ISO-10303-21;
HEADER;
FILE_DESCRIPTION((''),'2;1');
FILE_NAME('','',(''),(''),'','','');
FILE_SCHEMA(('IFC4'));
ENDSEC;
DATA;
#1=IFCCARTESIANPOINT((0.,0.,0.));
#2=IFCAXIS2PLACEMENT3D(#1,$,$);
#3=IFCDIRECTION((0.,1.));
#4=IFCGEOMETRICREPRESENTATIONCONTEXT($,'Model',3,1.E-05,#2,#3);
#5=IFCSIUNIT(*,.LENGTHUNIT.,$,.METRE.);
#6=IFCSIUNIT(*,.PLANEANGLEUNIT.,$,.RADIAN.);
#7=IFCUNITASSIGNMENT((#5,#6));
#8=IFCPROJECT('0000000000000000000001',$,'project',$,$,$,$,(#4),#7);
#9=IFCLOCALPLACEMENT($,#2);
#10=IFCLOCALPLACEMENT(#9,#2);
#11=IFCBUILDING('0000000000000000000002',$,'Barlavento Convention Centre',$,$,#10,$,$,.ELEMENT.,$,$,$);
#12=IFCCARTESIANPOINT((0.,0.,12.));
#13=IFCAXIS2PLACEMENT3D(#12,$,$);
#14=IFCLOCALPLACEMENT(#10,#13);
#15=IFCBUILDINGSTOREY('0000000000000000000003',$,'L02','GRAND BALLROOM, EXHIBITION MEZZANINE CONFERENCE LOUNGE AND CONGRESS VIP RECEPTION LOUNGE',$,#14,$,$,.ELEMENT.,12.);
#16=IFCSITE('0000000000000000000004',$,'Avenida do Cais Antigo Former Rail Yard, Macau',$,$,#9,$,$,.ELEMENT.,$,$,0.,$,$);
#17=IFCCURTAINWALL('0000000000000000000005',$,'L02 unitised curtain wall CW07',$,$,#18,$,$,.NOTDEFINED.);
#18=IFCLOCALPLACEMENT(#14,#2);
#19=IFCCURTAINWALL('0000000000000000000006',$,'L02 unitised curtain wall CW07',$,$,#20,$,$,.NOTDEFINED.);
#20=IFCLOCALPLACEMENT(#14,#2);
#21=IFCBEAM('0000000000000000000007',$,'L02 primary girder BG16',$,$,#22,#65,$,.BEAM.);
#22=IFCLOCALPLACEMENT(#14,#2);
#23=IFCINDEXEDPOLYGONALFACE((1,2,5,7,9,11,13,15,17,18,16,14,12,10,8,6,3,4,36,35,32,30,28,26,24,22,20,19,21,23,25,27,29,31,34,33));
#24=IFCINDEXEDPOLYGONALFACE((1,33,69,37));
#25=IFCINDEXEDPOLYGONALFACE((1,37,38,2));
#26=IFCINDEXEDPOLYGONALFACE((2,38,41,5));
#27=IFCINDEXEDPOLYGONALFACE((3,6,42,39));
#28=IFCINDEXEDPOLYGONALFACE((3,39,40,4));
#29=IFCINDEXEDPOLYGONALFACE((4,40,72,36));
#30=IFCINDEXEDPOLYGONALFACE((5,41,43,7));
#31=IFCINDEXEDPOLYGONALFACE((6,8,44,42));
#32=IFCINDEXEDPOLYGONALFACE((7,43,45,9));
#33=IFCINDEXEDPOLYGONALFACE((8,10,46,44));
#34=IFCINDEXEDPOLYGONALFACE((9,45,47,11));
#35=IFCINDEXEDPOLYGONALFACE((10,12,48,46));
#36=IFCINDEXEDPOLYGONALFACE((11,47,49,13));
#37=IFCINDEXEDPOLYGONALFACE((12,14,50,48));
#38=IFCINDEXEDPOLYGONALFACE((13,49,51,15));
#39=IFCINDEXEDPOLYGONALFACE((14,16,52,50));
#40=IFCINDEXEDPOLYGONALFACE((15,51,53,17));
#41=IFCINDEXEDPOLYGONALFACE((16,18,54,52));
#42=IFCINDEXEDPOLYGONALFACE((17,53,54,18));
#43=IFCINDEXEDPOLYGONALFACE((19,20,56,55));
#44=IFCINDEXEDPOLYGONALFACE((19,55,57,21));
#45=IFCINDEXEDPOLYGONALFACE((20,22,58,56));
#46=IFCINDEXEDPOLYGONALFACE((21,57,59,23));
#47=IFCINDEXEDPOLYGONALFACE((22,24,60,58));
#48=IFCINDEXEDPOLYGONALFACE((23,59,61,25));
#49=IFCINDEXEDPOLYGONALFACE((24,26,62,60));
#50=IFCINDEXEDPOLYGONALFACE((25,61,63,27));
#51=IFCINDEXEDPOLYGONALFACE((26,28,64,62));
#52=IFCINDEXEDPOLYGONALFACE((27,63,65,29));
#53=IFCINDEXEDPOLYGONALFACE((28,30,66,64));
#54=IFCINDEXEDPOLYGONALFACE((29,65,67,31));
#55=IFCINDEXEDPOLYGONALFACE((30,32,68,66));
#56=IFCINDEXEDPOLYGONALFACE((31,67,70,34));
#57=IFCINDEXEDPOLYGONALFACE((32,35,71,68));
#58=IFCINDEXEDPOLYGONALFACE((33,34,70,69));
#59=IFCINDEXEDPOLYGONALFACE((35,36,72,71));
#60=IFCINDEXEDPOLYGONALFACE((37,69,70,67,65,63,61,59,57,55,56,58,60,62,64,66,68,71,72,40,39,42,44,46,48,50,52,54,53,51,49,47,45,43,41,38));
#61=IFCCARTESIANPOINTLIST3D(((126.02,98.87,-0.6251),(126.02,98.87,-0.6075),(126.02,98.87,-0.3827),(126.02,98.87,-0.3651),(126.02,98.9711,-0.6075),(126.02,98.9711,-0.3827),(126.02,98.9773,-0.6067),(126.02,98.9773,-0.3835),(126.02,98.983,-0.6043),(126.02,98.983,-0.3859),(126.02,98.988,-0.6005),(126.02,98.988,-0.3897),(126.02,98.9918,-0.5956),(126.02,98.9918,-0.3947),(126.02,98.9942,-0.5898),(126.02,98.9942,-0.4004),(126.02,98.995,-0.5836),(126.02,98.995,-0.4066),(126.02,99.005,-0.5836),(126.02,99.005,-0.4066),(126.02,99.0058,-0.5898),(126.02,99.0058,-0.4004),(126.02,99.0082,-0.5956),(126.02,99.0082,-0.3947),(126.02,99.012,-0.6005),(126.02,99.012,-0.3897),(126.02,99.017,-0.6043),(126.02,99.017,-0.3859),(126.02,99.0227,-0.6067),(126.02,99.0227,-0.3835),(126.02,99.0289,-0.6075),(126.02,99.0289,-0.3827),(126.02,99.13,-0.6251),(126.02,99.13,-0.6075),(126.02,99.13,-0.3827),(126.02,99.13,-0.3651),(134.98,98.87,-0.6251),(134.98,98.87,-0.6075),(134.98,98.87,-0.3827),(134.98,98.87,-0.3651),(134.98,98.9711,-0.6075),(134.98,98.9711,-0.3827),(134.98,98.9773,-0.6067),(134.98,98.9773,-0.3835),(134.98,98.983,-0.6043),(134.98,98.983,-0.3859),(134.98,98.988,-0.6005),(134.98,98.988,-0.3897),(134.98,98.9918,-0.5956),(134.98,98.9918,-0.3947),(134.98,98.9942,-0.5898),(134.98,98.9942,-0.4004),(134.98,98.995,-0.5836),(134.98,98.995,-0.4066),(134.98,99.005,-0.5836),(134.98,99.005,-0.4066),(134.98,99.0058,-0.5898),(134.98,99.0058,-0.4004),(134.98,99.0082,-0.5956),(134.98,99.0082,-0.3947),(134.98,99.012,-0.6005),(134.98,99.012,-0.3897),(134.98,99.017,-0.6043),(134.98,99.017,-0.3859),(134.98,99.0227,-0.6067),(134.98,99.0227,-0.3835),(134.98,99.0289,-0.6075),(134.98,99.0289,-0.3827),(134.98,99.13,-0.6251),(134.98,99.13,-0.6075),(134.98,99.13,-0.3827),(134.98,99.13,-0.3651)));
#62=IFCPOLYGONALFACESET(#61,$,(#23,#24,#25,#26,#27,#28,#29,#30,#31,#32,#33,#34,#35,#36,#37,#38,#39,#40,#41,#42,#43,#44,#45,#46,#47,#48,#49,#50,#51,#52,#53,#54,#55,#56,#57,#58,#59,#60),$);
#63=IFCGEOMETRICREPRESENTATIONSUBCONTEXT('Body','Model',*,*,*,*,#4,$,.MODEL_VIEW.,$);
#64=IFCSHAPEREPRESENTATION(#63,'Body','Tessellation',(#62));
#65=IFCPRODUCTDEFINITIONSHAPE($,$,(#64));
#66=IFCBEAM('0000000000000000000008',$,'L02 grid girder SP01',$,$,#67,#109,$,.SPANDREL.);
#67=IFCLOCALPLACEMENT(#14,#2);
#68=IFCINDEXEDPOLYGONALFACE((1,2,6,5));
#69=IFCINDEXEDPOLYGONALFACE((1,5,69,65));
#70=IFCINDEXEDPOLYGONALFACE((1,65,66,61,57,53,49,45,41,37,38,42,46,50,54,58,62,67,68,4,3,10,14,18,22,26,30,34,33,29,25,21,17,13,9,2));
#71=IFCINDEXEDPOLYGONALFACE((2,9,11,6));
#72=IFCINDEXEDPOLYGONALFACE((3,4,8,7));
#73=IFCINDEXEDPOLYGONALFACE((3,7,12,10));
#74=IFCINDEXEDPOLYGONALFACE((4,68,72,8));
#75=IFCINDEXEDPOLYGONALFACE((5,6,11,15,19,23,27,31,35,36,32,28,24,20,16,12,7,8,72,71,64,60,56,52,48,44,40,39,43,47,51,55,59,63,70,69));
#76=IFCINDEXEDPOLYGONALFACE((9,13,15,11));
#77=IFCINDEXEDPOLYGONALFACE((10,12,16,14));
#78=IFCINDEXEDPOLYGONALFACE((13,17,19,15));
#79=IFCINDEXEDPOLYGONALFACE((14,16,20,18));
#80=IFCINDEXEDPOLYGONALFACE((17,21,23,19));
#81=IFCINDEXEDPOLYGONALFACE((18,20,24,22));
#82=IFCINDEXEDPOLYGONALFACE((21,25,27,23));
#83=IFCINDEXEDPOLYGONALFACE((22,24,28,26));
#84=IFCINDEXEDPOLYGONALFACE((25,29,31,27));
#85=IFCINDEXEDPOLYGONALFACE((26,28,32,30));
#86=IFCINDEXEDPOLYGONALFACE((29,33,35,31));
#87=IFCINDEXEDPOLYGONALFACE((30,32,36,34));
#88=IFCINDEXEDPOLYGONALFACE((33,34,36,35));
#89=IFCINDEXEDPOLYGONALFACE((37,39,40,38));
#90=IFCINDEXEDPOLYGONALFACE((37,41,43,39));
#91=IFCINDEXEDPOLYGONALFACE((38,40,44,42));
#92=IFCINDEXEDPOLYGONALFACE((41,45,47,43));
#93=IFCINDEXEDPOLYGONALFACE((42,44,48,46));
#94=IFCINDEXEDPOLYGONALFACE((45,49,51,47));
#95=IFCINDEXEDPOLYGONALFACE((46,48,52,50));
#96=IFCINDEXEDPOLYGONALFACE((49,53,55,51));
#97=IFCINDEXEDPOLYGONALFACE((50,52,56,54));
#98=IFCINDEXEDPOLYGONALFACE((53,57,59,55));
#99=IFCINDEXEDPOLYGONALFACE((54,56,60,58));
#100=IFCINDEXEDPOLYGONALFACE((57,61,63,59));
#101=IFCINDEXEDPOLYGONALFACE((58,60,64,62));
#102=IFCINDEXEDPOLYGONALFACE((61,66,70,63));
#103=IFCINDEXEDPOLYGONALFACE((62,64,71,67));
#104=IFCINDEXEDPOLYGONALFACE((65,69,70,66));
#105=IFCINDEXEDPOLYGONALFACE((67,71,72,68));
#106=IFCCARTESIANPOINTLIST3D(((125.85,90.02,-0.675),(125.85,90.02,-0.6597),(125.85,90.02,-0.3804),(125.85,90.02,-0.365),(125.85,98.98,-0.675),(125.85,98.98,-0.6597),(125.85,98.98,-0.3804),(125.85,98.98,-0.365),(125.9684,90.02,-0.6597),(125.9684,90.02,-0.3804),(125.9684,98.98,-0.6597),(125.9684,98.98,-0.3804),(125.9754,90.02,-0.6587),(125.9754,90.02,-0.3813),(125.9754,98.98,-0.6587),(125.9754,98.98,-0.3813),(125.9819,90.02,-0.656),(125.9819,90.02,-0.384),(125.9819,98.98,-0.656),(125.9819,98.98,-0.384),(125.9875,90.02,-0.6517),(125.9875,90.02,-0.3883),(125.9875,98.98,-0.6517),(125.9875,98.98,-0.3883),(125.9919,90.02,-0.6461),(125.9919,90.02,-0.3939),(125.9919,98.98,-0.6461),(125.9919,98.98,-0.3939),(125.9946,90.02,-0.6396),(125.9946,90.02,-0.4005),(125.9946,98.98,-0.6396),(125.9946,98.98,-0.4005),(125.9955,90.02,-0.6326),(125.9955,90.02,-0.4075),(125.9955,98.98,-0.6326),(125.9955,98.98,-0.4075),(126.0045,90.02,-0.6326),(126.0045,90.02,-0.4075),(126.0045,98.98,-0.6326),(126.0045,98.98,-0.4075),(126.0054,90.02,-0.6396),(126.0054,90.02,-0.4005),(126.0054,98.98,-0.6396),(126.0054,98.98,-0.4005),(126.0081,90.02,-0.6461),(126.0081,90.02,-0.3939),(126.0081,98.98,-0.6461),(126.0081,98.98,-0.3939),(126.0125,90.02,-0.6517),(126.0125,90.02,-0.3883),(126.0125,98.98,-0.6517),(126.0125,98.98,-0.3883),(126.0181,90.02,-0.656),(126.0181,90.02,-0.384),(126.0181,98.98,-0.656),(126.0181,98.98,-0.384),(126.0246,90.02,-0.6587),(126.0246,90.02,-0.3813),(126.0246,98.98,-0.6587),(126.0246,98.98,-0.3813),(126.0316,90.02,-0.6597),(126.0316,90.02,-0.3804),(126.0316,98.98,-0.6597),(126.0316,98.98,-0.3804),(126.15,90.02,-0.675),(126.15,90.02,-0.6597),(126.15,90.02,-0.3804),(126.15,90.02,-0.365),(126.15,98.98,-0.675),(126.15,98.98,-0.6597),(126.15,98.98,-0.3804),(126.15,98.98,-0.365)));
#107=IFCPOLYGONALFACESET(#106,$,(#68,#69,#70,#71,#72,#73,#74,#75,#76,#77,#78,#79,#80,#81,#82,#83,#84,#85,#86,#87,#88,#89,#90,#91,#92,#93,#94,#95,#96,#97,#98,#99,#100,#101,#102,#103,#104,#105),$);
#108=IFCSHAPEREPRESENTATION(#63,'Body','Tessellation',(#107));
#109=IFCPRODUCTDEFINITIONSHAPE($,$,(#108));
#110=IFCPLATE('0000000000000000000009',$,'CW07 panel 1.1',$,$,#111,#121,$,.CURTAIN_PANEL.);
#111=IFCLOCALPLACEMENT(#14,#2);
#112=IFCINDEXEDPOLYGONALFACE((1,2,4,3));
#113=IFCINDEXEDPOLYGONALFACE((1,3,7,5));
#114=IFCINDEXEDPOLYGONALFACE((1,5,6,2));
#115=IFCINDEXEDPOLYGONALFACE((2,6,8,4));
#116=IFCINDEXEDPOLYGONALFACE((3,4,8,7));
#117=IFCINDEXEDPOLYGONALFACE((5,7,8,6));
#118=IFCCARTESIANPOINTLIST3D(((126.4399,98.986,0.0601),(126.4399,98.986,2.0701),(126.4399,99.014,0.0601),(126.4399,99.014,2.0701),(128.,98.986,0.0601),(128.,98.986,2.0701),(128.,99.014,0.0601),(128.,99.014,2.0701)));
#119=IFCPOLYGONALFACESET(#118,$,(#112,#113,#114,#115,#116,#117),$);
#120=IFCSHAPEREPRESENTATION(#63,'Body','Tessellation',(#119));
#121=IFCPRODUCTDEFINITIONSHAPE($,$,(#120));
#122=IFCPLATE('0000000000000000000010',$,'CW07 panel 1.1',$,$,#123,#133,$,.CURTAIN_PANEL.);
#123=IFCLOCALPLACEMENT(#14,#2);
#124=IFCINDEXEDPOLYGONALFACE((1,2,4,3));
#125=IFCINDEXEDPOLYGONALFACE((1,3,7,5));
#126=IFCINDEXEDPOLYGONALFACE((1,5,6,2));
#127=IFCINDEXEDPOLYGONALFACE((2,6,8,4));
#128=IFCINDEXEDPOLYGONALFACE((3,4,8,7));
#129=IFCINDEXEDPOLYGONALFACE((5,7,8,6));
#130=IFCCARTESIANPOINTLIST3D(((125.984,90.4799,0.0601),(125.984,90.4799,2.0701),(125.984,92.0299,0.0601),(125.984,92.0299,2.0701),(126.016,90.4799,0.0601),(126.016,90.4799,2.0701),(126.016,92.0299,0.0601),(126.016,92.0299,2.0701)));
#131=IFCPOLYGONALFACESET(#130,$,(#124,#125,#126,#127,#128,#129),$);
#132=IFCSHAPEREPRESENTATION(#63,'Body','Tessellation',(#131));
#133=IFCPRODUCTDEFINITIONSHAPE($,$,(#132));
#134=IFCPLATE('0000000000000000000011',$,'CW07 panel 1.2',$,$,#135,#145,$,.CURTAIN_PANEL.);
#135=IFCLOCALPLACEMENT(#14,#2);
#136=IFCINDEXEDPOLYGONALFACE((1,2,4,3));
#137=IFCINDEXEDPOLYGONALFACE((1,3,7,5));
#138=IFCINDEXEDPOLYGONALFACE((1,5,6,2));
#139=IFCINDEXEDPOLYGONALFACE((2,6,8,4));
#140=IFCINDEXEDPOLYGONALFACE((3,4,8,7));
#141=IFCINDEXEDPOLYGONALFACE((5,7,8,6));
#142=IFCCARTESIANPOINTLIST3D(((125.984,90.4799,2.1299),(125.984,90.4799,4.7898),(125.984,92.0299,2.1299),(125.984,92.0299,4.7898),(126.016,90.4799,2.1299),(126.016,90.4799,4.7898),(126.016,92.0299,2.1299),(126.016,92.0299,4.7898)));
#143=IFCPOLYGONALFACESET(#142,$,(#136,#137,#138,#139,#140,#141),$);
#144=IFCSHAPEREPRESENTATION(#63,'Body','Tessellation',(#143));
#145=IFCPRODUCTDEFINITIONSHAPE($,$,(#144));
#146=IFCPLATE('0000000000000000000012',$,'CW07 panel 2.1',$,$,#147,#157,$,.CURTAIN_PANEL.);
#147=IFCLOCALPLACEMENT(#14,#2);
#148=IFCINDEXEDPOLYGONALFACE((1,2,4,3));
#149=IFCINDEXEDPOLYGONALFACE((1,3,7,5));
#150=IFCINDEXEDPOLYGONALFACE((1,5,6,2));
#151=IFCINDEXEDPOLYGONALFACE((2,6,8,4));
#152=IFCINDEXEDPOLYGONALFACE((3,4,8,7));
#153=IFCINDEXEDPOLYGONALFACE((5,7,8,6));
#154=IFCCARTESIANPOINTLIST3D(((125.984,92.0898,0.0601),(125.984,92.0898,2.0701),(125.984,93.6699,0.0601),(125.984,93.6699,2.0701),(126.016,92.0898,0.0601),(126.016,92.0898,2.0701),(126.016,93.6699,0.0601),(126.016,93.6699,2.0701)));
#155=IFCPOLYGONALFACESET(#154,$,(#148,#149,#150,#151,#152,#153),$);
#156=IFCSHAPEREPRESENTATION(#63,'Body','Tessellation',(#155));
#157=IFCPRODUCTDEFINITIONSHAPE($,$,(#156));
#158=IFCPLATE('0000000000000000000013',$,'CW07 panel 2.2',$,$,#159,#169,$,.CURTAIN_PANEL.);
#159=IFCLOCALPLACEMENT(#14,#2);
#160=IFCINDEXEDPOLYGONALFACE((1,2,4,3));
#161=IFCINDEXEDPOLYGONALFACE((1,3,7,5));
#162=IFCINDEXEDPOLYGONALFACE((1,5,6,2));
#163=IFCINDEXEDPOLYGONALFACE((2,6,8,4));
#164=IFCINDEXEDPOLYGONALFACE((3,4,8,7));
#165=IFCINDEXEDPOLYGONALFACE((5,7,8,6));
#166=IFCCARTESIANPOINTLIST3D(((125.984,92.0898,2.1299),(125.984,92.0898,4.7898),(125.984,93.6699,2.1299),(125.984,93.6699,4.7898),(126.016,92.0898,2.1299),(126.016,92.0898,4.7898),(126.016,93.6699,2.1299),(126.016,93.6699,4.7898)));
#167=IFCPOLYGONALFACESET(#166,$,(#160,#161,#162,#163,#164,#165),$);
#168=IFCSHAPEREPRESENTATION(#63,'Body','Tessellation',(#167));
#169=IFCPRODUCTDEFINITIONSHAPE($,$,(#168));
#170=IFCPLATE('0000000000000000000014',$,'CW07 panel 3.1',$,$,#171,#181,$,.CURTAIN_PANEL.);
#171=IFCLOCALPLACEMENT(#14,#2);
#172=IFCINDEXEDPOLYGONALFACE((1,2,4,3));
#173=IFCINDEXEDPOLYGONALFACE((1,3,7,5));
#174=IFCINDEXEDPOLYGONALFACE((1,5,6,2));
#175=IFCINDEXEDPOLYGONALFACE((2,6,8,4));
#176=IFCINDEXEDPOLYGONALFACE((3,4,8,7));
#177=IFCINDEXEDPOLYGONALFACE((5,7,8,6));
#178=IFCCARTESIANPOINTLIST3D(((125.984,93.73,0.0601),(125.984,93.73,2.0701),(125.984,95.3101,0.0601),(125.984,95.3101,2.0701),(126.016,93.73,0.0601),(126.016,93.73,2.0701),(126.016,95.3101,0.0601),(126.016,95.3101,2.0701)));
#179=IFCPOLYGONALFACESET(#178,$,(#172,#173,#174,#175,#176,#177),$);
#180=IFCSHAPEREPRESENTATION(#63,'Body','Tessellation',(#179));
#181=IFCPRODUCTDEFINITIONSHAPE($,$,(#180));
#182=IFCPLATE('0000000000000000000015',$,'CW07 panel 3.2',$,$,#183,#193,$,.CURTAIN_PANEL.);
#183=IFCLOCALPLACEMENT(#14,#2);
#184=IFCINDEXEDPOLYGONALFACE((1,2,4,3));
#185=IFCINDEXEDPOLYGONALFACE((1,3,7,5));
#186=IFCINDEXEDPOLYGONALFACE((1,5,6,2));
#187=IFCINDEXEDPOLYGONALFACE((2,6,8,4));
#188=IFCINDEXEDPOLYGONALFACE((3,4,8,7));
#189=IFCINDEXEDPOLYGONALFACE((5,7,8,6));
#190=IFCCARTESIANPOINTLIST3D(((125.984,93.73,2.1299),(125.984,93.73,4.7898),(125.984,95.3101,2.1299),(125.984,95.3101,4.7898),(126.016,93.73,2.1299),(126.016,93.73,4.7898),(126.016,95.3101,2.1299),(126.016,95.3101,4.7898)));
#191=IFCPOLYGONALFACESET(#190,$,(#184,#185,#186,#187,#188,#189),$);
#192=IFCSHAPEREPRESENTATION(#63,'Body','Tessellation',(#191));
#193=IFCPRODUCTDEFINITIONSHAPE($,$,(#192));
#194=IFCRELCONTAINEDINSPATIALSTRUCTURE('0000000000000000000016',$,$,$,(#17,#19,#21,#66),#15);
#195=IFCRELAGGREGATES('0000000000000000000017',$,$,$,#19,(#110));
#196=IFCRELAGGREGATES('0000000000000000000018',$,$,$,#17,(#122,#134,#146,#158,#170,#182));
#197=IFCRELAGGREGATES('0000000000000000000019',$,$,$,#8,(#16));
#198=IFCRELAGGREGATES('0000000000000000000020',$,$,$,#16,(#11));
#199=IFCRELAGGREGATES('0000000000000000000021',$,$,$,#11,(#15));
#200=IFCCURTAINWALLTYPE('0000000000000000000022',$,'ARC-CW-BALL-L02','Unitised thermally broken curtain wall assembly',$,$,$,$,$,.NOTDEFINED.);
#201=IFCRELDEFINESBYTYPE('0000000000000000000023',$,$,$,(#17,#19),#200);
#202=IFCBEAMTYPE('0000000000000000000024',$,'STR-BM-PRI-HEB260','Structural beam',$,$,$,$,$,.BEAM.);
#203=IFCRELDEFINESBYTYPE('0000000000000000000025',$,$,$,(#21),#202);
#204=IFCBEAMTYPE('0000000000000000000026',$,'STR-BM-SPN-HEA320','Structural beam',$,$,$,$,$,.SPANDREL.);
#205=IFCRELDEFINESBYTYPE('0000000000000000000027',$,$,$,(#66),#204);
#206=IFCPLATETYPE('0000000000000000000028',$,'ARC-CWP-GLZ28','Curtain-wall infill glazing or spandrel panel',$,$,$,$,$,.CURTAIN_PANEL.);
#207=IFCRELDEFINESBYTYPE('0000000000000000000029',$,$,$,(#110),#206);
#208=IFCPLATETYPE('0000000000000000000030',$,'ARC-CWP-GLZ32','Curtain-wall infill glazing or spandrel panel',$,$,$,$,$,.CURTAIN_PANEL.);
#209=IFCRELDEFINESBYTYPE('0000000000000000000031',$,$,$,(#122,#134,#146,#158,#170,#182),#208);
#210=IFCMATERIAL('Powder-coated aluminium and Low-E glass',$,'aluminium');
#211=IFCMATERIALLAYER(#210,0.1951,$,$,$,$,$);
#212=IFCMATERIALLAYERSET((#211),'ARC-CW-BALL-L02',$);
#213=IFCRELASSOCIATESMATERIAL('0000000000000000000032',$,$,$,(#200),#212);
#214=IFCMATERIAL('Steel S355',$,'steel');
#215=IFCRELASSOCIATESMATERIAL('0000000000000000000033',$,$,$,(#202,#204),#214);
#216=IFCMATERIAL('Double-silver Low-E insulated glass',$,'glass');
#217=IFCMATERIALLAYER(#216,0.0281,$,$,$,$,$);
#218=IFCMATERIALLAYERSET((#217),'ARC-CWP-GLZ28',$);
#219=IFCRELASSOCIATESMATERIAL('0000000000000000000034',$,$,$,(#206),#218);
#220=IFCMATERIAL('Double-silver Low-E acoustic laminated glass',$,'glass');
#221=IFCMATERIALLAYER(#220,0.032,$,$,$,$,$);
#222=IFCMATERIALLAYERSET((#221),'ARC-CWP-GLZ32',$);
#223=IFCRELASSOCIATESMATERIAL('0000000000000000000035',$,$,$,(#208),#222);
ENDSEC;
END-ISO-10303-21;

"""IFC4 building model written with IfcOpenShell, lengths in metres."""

from ifc_helpers import new_model, si_unit, direction, frame, origin, origin_2d, place, context, subcontext, project, spatial, rectangle, i_section, extrude, material, layer, layer_set, material_profile, profile_set, type_object, element, aggregate, save


model = new_model("IFC4")

# Units and contexts
model_context = context("Model", 3, precision=1e-05, world=origin(), true_north=direction((0.0, 1.0)))
body_context = subcontext(model_context, "Body", "Model", "MODEL_VIEW")
ifc_project = project(units=[si_unit("LENGTHUNIT", "METRE"), si_unit("PLANEANGLEUNIT", "RADIAN")], contexts=[model_context])

# Site, building, storey
site_placement = place(None, origin())
site = spatial("IfcSite", under=ifc_project, at=site_placement, Name="Avenida do Cais Antigo Former Rail Yard, Macau", CompositionType="ELEMENT", RefElevation=0.0)
building_placement = place(site_placement, origin())
building = spatial("IfcBuilding", under=site, at=building_placement, Name="Barlavento Convention Centre", CompositionType="ELEMENT")
storey_placement = place(building_placement, frame((0.0, 0.0, 12.0)))
storey = spatial("IfcBuildingStorey", under=building, at=storey_placement, Name="L02", Description="GRAND BALLROOM, EXHIBITION MEZZANINE CONFERENCE LOUNGE AND CONGRESS VIP RECEPTION LOUNGE", CompositionType="ELEMENT", Elevation=12.0)

# Curtain wall
ifc_material_1 = material(Name="Powder-coated aluminium and Low-E glass", Category="aluminium")
ifc_layer_1 = layer(ifc_material_1, 0.1951)
ifc_layer_set_1 = layer_set([ifc_layer_1], Name="ARC-CW-BALL-L02")
curtain_wall_type = type_object("IfcCurtainWallType", Name="ARC-CW-BALL-L02", Description="Unitised thermally broken curtain wall assembly", PredefinedType="NOTDEFINED", material=ifc_layer_set_1)
curtain_wall_1_placement = place(storey_placement, origin())
curtain_wall_1 = element("IfcCurtainWall", 1, at=curtain_wall_1_placement, inside=storey, type_object=curtain_wall_type, Name="L02 unitised curtain wall CW07", PredefinedType="NOTDEFINED")

# Curtain wall
curtain_wall_2_placement = place(storey_placement, origin())
curtain_wall_2 = element("IfcCurtainWall", 2, at=curtain_wall_2_placement, inside=storey, type_object=curtain_wall_type, Name="L02 unitised curtain wall CW07", PredefinedType="NOTDEFINED")

# Beams
ifc_material_2 = material(Name="Steel S355", Category="steel")
ifc_material_profile_1 = material_profile(ifc_material_2, i_section(OverallWidth=0.26, OverallDepth=0.26, WebThickness=0.01, FlangeThickness=0.0176, FilletRadius=0.0239, at=origin_2d()), Name="HEB 260")
ifc_profile_set_1 = profile_set([ifc_material_profile_1], Name="Steel S355")
beam_type_1 = type_object("IfcBeamType", Name="STR-BM-PRI-HEB260", Description="Structural beam", PredefinedType="BEAM", material=ifc_profile_set_1)
beam_1_placement = place(storey_placement, frame((126.02, 99.0, -0.4951), z_axis=(1.0, 0.0, 0.0), x_axis=(0.0, 1.0, 0.0)))
element("IfcBeam", 3, at=beam_1_placement, inside=storey, type_object=beam_type_1, Name="L02 primary girder BG16", PredefinedType="BEAM", context=body_context, shape_type="SweptSolid", body=[
    extrude(i_section(OverallWidth=0.26, OverallDepth=0.26, WebThickness=0.01, FlangeThickness=0.0176, FilletRadius=0.0239, at=origin_2d()), origin(), (0.0, 0.0, 1.0), 8.96),
])
ifc_material_profile_2 = material_profile(ifc_material_2, i_section(OverallWidth=0.3, OverallDepth=0.3101, WebThickness=0.009, FlangeThickness=0.0154, FilletRadius=0.0271, at=origin_2d()), Name="HEA 320")
ifc_profile_set_2 = profile_set([ifc_material_profile_2], Name="Steel S355")
beam_type_2 = type_object("IfcBeamType", Name="STR-BM-SPN-HEA320", Description="Structural beam", PredefinedType="SPANDREL", material=ifc_profile_set_2)
beam_2_placement = place(storey_placement, frame((126.0, 90.02, -0.52), z_axis=(0.0, 1.0, 0.0), x_axis=(-1.0, 0.0, 0.0)))
element("IfcBeam", 4, at=beam_2_placement, inside=storey, type_object=beam_type_2, Name="L02 grid girder SP01", PredefinedType="SPANDREL", context=body_context, shape_type="SweptSolid", body=[
    extrude(i_section(OverallWidth=0.3, OverallDepth=0.3101, WebThickness=0.009, FlangeThickness=0.0154, FilletRadius=0.0271, at=origin_2d()), origin(), (0.0, 0.0, 1.0), 8.96),
])

# Plates
ifc_material_3 = material(Name="Double-silver Low-E insulated glass", Category="glass")
ifc_layer_2 = layer(ifc_material_3, 0.0281)
ifc_layer_set_2 = layer_set([ifc_layer_2], Name="ARC-CWP-GLZ28")
plate_type_1 = type_object("IfcPlateType", Name="ARC-CWP-GLZ28", Description="Curtain-wall infill glazing or spandrel panel", PredefinedType="CURTAIN_PANEL", material=ifc_layer_set_2)
plate_1_placement = place(storey_placement, frame((127.22, 99.0, 0.0601), z_axis=(0.0, 0.0, 1.0), x_axis=(1.0, 0.0, 0.0)))
plate_1 = element("IfcPlate", 5, at=plate_1_placement, type_object=plate_type_1, Name="CW07 panel 1.1", PredefinedType="CURTAIN_PANEL", context=body_context, shape_type="SweptSolid", body=[
    extrude(rectangle(XDim=1.5601, YDim=0.0281, at=origin_2d()), origin(), (0.0, 0.0, 1.0), 2.01),
])
aggregate(curtain_wall_2, [plate_1])
ifc_material_4 = material(Name="Double-silver Low-E acoustic laminated glass", Category="glass")
ifc_layer_3 = layer(ifc_material_4, 0.032)
ifc_layer_set_3 = layer_set([ifc_layer_3], Name="ARC-CWP-GLZ32")
plate_type_2 = type_object("IfcPlateType", Name="ARC-CWP-GLZ32", Description="Curtain-wall infill glazing or spandrel panel", PredefinedType="CURTAIN_PANEL", material=ifc_layer_set_3)
plate_2_placement = place(storey_placement, frame((126.0, 91.2549, 0.0601), z_axis=(0.0, 0.0, 1.0), x_axis=(0.0, 1.0, 0.0)))
plate_2 = element("IfcPlate", 6, at=plate_2_placement, type_object=plate_type_2, Name="CW07 panel 1.1", PredefinedType="CURTAIN_PANEL", context=body_context, shape_type="SweptSolid", body=[
    extrude(rectangle(XDim=1.55, YDim=0.032, at=origin_2d()), origin(), (0.0, 0.0, 1.0), 2.01),
])
plate_3_placement = place(storey_placement, frame((126.0, 91.2549, 2.1299), z_axis=(0.0, 0.0, 1.0), x_axis=(0.0, 1.0, 0.0)))
plate_3 = element("IfcPlate", 7, at=plate_3_placement, type_object=plate_type_2, Name="CW07 panel 1.2", PredefinedType="CURTAIN_PANEL", context=body_context, shape_type="SweptSolid", body=[
    extrude(rectangle(XDim=1.55, YDim=0.032, at=origin_2d()), origin(), (0.0, 0.0, 1.0), 2.6599),
])
plate_4_placement = place(storey_placement, frame((126.0, 92.8799, 0.0601), z_axis=(0.0, 0.0, 1.0), x_axis=(0.0, 1.0, 0.0)))
plate_4 = element("IfcPlate", 8, at=plate_4_placement, type_object=plate_type_2, Name="CW07 panel 2.1", PredefinedType="CURTAIN_PANEL", context=body_context, shape_type="SweptSolid", body=[
    extrude(rectangle(XDim=1.5801, YDim=0.032, at=origin_2d()), origin(), (0.0, 0.0, 1.0), 2.01),
])
plate_5_placement = place(storey_placement, frame((126.0, 92.8799, 2.1299), z_axis=(0.0, 0.0, 1.0), x_axis=(0.0, 1.0, 0.0)))
plate_5 = element("IfcPlate", 9, at=plate_5_placement, type_object=plate_type_2, Name="CW07 panel 2.2", PredefinedType="CURTAIN_PANEL", context=body_context, shape_type="SweptSolid", body=[
    extrude(rectangle(XDim=1.5801, YDim=0.032, at=origin_2d()), origin(), (0.0, 0.0, 1.0), 2.6599),
])
plate_6_placement = place(storey_placement, frame((126.0, 94.52, 0.0601), z_axis=(0.0, 0.0, 1.0), x_axis=(0.0, 1.0, 0.0)))
plate_6 = element("IfcPlate", 10, at=plate_6_placement, type_object=plate_type_2, Name="CW07 panel 3.1", PredefinedType="CURTAIN_PANEL", context=body_context, shape_type="SweptSolid", body=[
    extrude(rectangle(XDim=1.5801, YDim=0.032, at=origin_2d()), origin(), (0.0, 0.0, 1.0), 2.01),
])
plate_7_placement = place(storey_placement, frame((126.0, 94.52, 2.1299), z_axis=(0.0, 0.0, 1.0), x_axis=(0.0, 1.0, 0.0)))
plate_7 = element("IfcPlate", 11, at=plate_7_placement, type_object=plate_type_2, Name="CW07 panel 3.2", PredefinedType="CURTAIN_PANEL", context=body_context, shape_type="SweptSolid", body=[
    extrude(rectangle(XDim=1.5801, YDim=0.032, at=origin_2d()), origin(), (0.0, 0.0, 1.0), 2.6599),
])
aggregate(curtain_wall_1, [plate_2, plate_3, plate_4, plate_5, plate_6, plate_7])

save(model, "model.ifc")
